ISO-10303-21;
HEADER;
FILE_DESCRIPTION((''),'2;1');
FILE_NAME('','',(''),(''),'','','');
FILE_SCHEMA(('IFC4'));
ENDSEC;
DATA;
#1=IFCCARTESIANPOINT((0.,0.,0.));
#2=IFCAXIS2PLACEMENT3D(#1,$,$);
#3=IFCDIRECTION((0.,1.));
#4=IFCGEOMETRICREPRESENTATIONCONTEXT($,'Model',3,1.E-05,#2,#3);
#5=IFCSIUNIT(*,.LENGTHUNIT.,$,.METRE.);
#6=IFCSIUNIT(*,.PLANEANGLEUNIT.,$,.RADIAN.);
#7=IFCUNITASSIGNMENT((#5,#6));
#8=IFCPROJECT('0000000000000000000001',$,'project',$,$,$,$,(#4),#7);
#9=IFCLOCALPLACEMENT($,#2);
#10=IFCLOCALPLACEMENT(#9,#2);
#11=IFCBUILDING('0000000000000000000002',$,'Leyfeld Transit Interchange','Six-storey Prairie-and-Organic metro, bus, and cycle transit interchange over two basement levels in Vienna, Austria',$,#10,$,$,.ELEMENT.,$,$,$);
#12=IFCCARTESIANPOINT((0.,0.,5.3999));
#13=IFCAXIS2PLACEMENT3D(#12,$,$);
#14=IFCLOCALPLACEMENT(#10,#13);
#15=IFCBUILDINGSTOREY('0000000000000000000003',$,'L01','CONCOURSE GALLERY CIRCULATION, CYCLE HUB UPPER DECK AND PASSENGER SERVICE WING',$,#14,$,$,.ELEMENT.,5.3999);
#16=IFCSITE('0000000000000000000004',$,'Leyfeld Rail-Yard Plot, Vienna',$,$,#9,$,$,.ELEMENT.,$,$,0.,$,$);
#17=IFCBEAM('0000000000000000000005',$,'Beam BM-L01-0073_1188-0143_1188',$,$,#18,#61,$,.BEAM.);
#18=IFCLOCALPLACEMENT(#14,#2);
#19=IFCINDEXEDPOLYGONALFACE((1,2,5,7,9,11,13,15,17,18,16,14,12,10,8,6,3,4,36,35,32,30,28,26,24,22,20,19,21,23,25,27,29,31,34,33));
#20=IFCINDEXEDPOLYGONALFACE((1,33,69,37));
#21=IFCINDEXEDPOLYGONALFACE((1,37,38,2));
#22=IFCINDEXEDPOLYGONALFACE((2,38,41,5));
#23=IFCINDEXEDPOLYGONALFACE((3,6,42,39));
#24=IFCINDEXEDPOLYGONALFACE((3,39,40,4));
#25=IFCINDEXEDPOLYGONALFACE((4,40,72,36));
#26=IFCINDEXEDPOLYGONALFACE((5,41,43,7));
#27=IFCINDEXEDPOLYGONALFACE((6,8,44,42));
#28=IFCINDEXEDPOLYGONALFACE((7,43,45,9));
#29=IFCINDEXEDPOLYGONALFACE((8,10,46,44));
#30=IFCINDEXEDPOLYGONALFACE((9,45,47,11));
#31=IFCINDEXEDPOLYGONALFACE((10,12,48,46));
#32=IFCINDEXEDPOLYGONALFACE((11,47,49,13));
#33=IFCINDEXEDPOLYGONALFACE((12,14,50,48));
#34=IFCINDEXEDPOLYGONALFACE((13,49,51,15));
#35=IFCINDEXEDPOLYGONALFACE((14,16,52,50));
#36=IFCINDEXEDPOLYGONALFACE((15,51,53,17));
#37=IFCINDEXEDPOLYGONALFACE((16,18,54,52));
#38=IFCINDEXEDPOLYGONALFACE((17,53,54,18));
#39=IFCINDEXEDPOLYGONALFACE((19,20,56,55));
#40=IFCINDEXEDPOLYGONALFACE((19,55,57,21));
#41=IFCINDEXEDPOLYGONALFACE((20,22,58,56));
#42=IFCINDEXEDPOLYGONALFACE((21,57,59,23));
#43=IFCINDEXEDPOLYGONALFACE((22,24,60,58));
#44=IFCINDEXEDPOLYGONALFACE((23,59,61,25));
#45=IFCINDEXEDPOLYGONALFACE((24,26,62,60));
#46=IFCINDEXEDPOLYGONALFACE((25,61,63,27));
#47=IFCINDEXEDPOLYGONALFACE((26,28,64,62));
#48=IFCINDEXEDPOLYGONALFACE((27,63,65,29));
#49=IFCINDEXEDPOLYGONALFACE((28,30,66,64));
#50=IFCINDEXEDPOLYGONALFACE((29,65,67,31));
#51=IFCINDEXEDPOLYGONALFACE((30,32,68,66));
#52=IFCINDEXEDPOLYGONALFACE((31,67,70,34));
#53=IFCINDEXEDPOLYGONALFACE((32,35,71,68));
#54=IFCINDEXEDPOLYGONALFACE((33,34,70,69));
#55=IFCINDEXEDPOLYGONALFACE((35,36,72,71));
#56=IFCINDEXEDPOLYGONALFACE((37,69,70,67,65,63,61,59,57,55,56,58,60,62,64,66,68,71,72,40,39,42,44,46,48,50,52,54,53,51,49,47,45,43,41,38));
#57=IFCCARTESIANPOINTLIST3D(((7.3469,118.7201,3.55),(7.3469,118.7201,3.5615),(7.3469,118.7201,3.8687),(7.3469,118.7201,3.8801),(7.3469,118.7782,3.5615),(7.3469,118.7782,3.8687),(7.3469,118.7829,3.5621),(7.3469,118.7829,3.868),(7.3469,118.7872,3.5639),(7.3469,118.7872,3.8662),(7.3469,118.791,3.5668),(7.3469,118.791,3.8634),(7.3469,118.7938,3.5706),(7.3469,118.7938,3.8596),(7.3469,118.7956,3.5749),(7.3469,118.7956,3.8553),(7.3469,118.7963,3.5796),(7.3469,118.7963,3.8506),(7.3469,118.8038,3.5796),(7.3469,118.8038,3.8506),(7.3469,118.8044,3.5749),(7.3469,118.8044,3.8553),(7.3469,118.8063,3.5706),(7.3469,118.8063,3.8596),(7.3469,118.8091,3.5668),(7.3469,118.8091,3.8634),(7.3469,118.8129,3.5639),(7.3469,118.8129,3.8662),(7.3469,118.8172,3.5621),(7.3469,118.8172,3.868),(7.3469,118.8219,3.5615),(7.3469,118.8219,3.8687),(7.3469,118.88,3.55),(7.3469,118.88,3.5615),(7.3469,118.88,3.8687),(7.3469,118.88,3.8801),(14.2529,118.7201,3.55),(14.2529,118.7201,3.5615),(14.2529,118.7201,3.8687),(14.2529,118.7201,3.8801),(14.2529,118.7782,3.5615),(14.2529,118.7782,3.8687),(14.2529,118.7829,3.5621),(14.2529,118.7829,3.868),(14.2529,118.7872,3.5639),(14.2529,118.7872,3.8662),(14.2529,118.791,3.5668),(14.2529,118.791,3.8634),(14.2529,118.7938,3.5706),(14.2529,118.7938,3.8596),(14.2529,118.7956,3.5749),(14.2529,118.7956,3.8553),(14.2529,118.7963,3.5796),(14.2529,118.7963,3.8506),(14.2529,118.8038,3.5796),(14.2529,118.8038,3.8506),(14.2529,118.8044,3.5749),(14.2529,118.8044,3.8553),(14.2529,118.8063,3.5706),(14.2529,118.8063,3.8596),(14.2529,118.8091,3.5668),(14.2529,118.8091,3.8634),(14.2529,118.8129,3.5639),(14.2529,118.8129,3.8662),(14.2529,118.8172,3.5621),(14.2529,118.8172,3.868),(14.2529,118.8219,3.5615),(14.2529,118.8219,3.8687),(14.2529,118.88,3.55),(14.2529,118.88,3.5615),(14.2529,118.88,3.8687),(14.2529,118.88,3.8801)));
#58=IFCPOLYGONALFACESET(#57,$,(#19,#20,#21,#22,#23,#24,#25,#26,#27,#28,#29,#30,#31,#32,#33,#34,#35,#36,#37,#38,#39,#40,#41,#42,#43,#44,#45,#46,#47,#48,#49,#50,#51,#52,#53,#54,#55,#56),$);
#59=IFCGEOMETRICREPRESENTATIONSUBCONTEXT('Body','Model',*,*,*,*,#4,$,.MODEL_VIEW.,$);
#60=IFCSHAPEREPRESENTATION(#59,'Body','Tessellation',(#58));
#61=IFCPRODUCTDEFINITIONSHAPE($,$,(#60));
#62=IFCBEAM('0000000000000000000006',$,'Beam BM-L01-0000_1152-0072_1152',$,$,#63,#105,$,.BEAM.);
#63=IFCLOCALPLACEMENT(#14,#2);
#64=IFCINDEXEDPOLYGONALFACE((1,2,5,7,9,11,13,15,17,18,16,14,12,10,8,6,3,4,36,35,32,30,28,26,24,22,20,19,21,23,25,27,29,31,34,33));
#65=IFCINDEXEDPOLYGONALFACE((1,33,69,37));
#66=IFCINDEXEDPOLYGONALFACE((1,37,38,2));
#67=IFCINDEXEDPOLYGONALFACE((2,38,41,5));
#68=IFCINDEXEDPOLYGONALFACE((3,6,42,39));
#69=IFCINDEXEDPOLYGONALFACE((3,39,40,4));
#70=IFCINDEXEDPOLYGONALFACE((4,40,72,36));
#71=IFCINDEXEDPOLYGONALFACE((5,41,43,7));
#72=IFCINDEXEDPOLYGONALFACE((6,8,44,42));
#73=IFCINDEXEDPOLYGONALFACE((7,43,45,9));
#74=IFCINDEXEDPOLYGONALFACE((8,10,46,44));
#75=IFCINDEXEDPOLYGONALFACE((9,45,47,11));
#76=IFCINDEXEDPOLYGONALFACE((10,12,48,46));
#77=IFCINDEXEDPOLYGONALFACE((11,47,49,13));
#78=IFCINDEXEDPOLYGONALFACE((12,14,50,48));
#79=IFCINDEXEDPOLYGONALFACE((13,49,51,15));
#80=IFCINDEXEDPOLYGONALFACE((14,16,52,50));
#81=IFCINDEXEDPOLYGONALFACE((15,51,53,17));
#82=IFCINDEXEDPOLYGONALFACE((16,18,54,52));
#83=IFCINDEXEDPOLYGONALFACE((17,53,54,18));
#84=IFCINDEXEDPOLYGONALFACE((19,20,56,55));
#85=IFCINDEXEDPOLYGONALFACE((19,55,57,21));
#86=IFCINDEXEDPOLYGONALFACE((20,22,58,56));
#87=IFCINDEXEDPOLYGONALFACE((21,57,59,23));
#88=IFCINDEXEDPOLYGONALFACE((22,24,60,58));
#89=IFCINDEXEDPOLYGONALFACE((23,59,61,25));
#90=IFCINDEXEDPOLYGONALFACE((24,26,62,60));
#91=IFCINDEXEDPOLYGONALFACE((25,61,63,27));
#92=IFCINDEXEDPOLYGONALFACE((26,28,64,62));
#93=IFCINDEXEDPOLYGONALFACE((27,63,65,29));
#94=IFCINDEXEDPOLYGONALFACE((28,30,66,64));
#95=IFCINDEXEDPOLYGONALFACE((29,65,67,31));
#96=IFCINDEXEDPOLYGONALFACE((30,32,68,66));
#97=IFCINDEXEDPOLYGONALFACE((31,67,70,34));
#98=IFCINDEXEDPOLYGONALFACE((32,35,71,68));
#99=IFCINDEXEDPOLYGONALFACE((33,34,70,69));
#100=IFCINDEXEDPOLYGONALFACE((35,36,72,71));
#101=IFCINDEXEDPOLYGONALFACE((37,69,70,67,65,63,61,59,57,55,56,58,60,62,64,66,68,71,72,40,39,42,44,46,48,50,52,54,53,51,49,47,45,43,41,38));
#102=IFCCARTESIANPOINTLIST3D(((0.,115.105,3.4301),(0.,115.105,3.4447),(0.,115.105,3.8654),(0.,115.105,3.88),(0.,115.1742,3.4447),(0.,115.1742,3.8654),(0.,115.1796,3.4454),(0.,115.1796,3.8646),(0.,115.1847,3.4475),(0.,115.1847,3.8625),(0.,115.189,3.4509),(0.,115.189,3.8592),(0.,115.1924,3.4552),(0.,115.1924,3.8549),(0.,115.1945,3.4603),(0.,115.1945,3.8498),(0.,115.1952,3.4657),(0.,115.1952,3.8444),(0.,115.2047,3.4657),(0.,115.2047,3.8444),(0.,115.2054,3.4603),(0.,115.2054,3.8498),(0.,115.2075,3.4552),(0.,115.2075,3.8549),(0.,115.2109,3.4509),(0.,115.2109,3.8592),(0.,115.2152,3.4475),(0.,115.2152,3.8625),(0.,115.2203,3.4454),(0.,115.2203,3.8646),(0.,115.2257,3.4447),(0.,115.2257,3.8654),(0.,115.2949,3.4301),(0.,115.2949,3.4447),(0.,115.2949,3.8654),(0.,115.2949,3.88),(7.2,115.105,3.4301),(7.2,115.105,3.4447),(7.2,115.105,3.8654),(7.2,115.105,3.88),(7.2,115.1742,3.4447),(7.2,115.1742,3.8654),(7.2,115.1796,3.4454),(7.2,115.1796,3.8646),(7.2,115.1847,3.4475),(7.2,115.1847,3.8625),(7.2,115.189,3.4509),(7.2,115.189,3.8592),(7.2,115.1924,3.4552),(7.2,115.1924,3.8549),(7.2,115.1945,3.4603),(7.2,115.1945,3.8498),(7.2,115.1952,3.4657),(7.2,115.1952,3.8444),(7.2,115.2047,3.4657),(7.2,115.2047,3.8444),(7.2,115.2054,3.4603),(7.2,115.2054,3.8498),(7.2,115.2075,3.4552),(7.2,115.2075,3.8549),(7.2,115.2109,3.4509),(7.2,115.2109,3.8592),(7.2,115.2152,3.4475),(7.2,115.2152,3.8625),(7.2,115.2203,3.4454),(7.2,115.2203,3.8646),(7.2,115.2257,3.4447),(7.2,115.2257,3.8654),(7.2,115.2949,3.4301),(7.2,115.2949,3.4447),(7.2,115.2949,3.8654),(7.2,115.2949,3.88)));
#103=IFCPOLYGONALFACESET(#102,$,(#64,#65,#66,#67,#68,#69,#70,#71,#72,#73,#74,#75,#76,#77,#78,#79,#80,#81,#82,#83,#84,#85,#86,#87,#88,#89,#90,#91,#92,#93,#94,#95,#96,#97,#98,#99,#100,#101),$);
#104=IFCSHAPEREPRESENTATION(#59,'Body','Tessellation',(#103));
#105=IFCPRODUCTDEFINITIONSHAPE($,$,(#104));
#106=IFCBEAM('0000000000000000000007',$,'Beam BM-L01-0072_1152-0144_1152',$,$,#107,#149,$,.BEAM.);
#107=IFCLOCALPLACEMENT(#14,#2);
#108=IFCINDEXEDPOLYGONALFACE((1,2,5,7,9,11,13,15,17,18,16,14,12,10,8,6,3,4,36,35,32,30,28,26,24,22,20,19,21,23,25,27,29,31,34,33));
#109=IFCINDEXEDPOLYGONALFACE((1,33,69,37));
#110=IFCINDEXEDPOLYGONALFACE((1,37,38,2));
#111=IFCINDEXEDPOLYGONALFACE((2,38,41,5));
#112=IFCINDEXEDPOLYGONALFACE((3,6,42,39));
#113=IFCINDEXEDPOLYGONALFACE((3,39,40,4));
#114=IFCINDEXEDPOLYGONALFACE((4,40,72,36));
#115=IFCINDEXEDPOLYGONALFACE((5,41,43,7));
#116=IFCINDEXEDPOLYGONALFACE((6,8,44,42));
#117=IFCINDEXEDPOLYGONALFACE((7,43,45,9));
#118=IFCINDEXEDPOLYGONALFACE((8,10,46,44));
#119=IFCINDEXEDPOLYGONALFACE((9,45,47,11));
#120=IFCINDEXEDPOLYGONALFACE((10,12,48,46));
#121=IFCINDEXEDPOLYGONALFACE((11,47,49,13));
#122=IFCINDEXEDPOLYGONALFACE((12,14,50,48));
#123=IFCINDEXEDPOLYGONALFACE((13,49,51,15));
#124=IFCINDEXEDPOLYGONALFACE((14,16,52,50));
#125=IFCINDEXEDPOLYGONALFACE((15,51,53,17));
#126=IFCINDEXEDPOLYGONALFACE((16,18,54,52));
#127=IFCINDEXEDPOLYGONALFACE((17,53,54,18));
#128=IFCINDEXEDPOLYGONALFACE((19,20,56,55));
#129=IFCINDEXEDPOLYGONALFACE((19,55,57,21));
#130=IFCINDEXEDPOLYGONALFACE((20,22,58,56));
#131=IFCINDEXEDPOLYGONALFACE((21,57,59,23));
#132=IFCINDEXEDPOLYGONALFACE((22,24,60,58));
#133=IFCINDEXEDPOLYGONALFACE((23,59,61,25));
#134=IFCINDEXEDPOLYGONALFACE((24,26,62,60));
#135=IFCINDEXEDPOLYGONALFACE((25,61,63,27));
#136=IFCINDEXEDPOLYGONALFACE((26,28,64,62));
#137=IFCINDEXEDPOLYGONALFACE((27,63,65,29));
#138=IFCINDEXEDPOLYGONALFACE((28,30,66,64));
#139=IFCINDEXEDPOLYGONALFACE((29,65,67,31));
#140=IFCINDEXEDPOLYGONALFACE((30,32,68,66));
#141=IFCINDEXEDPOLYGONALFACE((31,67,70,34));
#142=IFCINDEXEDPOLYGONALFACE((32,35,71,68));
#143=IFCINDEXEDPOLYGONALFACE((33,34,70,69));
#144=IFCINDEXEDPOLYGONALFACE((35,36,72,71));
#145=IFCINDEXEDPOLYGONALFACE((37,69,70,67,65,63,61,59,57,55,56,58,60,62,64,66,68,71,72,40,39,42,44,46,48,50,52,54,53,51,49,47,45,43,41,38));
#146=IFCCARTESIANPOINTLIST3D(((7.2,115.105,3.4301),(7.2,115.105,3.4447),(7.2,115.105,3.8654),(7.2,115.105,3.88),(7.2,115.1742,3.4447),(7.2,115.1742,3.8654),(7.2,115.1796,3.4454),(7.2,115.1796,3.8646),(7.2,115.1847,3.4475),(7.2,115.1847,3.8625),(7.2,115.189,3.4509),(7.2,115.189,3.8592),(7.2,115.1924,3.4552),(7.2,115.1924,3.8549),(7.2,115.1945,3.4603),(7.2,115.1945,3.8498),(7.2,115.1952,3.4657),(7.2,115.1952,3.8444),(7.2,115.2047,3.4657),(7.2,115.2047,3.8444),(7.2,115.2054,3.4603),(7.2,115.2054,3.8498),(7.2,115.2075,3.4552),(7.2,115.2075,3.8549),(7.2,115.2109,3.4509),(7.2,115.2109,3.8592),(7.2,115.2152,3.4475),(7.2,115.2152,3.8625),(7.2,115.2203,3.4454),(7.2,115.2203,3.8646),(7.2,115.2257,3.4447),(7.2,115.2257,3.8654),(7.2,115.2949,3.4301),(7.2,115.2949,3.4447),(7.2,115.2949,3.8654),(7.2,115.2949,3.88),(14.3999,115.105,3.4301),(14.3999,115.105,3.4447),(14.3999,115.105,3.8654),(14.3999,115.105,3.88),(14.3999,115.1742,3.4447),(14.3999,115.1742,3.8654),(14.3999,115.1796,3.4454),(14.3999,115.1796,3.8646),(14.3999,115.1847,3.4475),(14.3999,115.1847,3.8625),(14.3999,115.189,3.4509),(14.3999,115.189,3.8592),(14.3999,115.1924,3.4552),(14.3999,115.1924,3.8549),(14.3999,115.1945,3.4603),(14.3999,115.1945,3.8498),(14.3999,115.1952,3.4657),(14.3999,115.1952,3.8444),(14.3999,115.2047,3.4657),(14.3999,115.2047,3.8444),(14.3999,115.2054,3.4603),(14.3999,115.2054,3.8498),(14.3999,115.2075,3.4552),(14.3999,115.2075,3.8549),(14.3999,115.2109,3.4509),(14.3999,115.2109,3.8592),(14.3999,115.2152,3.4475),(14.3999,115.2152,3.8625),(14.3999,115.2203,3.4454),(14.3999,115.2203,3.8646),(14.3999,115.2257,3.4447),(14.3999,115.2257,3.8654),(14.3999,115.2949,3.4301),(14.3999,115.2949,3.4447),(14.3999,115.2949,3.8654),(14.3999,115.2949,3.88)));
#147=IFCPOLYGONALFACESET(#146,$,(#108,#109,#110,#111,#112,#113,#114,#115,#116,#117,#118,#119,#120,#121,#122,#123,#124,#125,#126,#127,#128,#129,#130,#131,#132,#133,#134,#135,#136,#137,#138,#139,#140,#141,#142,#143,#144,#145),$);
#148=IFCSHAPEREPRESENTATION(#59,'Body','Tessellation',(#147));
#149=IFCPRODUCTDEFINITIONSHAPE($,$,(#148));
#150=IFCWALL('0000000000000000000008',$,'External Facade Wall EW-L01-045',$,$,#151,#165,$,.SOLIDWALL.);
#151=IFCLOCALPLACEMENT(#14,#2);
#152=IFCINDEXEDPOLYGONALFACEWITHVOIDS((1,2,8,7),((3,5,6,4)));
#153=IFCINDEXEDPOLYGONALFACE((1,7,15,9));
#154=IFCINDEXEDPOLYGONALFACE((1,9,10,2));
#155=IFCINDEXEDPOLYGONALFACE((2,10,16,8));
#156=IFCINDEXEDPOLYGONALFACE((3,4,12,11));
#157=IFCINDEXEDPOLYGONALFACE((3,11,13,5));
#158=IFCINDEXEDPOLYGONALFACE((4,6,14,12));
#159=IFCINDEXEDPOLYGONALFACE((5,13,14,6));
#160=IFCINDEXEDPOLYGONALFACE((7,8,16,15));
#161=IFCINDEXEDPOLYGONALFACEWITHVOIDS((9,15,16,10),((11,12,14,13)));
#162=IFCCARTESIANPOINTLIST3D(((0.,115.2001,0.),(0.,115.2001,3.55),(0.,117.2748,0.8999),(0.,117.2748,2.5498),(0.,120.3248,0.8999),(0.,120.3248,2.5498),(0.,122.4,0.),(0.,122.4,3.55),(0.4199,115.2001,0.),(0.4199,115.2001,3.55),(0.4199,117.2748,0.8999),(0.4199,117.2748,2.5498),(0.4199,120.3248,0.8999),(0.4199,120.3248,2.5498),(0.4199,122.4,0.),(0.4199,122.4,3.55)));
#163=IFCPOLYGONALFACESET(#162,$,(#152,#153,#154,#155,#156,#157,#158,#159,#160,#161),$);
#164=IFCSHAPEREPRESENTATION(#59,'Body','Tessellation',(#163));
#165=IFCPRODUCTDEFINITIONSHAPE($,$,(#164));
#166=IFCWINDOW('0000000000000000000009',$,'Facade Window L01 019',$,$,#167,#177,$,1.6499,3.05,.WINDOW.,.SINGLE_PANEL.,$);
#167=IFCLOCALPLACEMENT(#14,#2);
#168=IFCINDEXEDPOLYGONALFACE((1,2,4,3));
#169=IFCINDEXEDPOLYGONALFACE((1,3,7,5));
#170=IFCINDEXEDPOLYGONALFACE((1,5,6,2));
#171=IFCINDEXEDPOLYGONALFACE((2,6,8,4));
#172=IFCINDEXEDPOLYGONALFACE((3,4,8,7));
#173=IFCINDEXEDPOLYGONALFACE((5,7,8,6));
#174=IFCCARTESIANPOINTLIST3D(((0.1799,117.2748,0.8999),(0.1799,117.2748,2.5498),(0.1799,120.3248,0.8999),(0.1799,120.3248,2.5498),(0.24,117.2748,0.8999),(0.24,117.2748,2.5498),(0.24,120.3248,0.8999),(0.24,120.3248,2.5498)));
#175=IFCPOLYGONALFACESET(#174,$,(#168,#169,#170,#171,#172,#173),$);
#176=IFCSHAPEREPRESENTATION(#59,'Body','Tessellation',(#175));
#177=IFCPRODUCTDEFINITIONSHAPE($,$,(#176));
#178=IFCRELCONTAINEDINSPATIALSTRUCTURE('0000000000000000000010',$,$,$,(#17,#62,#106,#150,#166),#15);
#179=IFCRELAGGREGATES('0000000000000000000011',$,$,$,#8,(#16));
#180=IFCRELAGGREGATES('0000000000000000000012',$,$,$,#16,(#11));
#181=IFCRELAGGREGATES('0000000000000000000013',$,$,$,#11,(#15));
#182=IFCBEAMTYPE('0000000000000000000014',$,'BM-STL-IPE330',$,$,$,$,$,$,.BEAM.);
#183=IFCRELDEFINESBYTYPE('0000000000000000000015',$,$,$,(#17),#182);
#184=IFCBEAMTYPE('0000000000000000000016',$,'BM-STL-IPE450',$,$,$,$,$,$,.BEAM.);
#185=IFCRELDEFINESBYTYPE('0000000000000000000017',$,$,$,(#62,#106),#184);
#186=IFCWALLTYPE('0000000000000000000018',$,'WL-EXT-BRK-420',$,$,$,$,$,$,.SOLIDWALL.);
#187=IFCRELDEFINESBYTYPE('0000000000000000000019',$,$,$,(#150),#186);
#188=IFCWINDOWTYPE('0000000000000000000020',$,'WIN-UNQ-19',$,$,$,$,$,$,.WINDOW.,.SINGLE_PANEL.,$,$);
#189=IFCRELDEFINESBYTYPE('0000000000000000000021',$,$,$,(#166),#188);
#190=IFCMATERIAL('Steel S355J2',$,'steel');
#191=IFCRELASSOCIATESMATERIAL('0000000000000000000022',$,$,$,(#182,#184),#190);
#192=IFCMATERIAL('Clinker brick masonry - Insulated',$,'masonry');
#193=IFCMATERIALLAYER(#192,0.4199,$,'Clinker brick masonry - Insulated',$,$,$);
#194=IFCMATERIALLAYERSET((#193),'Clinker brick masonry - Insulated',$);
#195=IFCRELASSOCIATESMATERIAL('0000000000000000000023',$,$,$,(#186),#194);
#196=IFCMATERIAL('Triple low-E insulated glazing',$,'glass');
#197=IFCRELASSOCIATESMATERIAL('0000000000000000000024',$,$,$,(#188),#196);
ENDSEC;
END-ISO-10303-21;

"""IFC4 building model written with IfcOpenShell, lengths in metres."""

from ifc_helpers import new_model, si_unit, direction, frame, frame_2d, origin, origin_2d, place, context, subcontext, project, spatial, rectangle, i_section, extrude, material, layer, layer_set, material_profile, profile_set, type_object, element, fill, save


model = new_model("IFC4")

# Units and contexts
model_context = context("Model", 3, precision=1e-05, world=origin(), true_north=direction((0.0, 1.0)))
body_context = subcontext(model_context, "Body", "Model", "MODEL_VIEW")
ifc_project = project(units=[si_unit("LENGTHUNIT", "METRE"), si_unit("PLANEANGLEUNIT", "RADIAN")], contexts=[model_context])

# Site, building, storey
site_placement = place(None, origin())
site = spatial("IfcSite", under=ifc_project, at=site_placement, Name="Leyfeld Rail-Yard Plot, Vienna", CompositionType="ELEMENT", RefElevation=0.0)
building_placement = place(site_placement, origin())
building = spatial("IfcBuilding", under=site, at=building_placement, Name="Leyfeld Transit Interchange", Description="Six-storey Prairie-and-Organic metro, bus, and cycle transit interchange over two basement levels in Vienna, Austria", CompositionType="ELEMENT")
storey_placement = place(building_placement, frame((0.0, 0.0, 5.3999)))
storey = spatial("IfcBuildingStorey", under=building, at=storey_placement, Name="L01", Description="CONCOURSE GALLERY CIRCULATION, CYCLE HUB UPPER DECK AND PASSENGER SERVICE WING", CompositionType="ELEMENT", Elevation=5.3999)

# Beams
ifc_material_1 = material(Name="Steel S355J2", Category="steel")
ifc_material_profile_1 = material_profile(ifc_material_1, i_section(OverallWidth=0.1599, OverallDepth=0.3301, WebThickness=0.0076, FlangeThickness=0.0115, FilletRadius=0.0181, at=origin_2d()), Name="IPE 330")
ifc_profile_set_1 = profile_set([ifc_material_profile_1], Name="Steel S355J2")
beam_type_1 = type_object("IfcBeamType", Name="BM-STL-IPE330", PredefinedType="BEAM", material=ifc_profile_set_1)
beam_1_placement = place(storey_placement, frame((7.3469, 118.8, 3.7151), z_axis=(1.0, 0.0, 0.0), x_axis=(0.0, 1.0, 0.0)))
element("IfcBeam", 1, at=beam_1_placement, inside=storey, type_object=beam_type_1, Name="Beam BM-L01-0073_1188-0143_1188", PredefinedType="BEAM", context=body_context, shape_type="SweptSolid", body=[
    extrude(i_section(OverallWidth=0.1599, OverallDepth=0.3301, WebThickness=0.0076, FlangeThickness=0.0115, FilletRadius=0.0181, at=origin_2d()), origin(), (0.0, 0.0, 1.0), 6.906),
])
ifc_material_profile_2 = material_profile(ifc_material_1, i_section(OverallWidth=0.1899, OverallDepth=0.45, WebThickness=0.0095, FlangeThickness=0.0146, FilletRadius=0.021, at=origin_2d()), Name="IPE 450")
ifc_profile_set_2 = profile_set([ifc_material_profile_2], Name="Steel S355J2")
beam_type_2 = type_object("IfcBeamType", Name="BM-STL-IPE450", PredefinedType="BEAM", material=ifc_profile_set_2)
for number, where, z_axis, x_axis, name in (
    (2, (0.0, 115.2, 3.655), (1.0, 0.0, 0.0), (0.0, 1.0, 0.0), "Beam BM-L01-0000_1152-0072_1152"),
    (3, (7.2, 115.2, 3.655), (1.0, 0.0, 0.0), (0.0, 1.0, 0.0), "Beam BM-L01-0072_1152-0144_1152"),
):
    element("IfcBeam", number, at=place(storey_placement, frame(where, z_axis=z_axis, x_axis=x_axis)), inside=storey, type_object=beam_type_2, Name=name, PredefinedType="BEAM", context=body_context, shape_type="SweptSolid", body=[
        extrude(i_section(OverallWidth=0.1899, OverallDepth=0.45, WebThickness=0.0095, FlangeThickness=0.0146, FilletRadius=0.021, at=origin_2d()), origin(), (0.0, 0.0, 1.0), 7.2),
    ])

# Wall, opening, window
ifc_material_2 = material(Name="Clinker brick masonry - Insulated", Category="masonry")
ifc_layer_1 = layer(ifc_material_2, 0.4199, Name="Clinker brick masonry - Insulated")
ifc_layer_set_1 = layer_set([ifc_layer_1], Name="Clinker brick masonry - Insulated")
wall_type_1 = type_object("IfcWallType", Name="WL-EXT-BRK-420", PredefinedType="SOLIDWALL", material=ifc_layer_set_1)
wall_1_placement = place(storey_placement, frame((0.21, 115.2, 0.0), z_axis=(0.0, 0.0, 1.0), x_axis=(0.0, 1.0, 0.0)))
wall_1 = element("IfcWall", 4, at=wall_1_placement, inside=storey, type_object=wall_type_1, Name="External Facade Wall EW-L01-045", PredefinedType="SOLIDWALL", context=body_context, shape_type="SweptSolid", body=[
    extrude(rectangle(XDim=7.2, YDim=0.4199, at=frame_2d((3.6001, 0.0))), origin(), (0.0, 0.0, 1.0), 3.55),
])
opening_1_placement = place(wall_1_placement, frame((2.075, 0.0, 0.8999)))
opening_1 = element("IfcOpeningElement", 5, at=opening_1_placement, cuts=wall_1, PredefinedType="OPENING", context=body_context, shape_type="SweptSolid", body=[
    extrude(rectangle(XDim=3.05, YDim=1.6499, at=frame_2d((1.5249, 0.825))), frame((0.0, 0.22, 0.0), z_axis=(0.0, -1.0, 0.0), x_axis=(1.0, 0.0, 0.0)), (0.0, 0.0, 1.0), 0.4399),
])
ifc_material_3 = material(Name="Triple low-E insulated glazing", Category="glass")
window_type_1 = type_object("IfcWindowType", Name="WIN-UNQ-19", PartitioningType="SINGLE_PANEL", PredefinedType="WINDOW", material=ifc_material_3)
window_1_placement = place(opening_1_placement, origin())
window_1 = element("IfcWindow", 6, at=window_1_placement, inside=storey, type_object=window_type_1, Name="Facade Window L01 019", OverallHeight=1.6499, OverallWidth=3.05, PartitioningType="SINGLE_PANEL", PredefinedType="WINDOW", context=body_context, shape_type="SweptSolid", body=[
    extrude(rectangle(XDim=3.05, YDim=1.6499, at=frame_2d((1.5249, 0.825))), frame((0.0, 0.03, 0.0), z_axis=(0.0, -1.0, 0.0), x_axis=(1.0, 0.0, 0.0)), (0.0, 0.0, 1.0), 0.0601),
])
fill(opening_1, window_1)

save(model, "model.ifc")
